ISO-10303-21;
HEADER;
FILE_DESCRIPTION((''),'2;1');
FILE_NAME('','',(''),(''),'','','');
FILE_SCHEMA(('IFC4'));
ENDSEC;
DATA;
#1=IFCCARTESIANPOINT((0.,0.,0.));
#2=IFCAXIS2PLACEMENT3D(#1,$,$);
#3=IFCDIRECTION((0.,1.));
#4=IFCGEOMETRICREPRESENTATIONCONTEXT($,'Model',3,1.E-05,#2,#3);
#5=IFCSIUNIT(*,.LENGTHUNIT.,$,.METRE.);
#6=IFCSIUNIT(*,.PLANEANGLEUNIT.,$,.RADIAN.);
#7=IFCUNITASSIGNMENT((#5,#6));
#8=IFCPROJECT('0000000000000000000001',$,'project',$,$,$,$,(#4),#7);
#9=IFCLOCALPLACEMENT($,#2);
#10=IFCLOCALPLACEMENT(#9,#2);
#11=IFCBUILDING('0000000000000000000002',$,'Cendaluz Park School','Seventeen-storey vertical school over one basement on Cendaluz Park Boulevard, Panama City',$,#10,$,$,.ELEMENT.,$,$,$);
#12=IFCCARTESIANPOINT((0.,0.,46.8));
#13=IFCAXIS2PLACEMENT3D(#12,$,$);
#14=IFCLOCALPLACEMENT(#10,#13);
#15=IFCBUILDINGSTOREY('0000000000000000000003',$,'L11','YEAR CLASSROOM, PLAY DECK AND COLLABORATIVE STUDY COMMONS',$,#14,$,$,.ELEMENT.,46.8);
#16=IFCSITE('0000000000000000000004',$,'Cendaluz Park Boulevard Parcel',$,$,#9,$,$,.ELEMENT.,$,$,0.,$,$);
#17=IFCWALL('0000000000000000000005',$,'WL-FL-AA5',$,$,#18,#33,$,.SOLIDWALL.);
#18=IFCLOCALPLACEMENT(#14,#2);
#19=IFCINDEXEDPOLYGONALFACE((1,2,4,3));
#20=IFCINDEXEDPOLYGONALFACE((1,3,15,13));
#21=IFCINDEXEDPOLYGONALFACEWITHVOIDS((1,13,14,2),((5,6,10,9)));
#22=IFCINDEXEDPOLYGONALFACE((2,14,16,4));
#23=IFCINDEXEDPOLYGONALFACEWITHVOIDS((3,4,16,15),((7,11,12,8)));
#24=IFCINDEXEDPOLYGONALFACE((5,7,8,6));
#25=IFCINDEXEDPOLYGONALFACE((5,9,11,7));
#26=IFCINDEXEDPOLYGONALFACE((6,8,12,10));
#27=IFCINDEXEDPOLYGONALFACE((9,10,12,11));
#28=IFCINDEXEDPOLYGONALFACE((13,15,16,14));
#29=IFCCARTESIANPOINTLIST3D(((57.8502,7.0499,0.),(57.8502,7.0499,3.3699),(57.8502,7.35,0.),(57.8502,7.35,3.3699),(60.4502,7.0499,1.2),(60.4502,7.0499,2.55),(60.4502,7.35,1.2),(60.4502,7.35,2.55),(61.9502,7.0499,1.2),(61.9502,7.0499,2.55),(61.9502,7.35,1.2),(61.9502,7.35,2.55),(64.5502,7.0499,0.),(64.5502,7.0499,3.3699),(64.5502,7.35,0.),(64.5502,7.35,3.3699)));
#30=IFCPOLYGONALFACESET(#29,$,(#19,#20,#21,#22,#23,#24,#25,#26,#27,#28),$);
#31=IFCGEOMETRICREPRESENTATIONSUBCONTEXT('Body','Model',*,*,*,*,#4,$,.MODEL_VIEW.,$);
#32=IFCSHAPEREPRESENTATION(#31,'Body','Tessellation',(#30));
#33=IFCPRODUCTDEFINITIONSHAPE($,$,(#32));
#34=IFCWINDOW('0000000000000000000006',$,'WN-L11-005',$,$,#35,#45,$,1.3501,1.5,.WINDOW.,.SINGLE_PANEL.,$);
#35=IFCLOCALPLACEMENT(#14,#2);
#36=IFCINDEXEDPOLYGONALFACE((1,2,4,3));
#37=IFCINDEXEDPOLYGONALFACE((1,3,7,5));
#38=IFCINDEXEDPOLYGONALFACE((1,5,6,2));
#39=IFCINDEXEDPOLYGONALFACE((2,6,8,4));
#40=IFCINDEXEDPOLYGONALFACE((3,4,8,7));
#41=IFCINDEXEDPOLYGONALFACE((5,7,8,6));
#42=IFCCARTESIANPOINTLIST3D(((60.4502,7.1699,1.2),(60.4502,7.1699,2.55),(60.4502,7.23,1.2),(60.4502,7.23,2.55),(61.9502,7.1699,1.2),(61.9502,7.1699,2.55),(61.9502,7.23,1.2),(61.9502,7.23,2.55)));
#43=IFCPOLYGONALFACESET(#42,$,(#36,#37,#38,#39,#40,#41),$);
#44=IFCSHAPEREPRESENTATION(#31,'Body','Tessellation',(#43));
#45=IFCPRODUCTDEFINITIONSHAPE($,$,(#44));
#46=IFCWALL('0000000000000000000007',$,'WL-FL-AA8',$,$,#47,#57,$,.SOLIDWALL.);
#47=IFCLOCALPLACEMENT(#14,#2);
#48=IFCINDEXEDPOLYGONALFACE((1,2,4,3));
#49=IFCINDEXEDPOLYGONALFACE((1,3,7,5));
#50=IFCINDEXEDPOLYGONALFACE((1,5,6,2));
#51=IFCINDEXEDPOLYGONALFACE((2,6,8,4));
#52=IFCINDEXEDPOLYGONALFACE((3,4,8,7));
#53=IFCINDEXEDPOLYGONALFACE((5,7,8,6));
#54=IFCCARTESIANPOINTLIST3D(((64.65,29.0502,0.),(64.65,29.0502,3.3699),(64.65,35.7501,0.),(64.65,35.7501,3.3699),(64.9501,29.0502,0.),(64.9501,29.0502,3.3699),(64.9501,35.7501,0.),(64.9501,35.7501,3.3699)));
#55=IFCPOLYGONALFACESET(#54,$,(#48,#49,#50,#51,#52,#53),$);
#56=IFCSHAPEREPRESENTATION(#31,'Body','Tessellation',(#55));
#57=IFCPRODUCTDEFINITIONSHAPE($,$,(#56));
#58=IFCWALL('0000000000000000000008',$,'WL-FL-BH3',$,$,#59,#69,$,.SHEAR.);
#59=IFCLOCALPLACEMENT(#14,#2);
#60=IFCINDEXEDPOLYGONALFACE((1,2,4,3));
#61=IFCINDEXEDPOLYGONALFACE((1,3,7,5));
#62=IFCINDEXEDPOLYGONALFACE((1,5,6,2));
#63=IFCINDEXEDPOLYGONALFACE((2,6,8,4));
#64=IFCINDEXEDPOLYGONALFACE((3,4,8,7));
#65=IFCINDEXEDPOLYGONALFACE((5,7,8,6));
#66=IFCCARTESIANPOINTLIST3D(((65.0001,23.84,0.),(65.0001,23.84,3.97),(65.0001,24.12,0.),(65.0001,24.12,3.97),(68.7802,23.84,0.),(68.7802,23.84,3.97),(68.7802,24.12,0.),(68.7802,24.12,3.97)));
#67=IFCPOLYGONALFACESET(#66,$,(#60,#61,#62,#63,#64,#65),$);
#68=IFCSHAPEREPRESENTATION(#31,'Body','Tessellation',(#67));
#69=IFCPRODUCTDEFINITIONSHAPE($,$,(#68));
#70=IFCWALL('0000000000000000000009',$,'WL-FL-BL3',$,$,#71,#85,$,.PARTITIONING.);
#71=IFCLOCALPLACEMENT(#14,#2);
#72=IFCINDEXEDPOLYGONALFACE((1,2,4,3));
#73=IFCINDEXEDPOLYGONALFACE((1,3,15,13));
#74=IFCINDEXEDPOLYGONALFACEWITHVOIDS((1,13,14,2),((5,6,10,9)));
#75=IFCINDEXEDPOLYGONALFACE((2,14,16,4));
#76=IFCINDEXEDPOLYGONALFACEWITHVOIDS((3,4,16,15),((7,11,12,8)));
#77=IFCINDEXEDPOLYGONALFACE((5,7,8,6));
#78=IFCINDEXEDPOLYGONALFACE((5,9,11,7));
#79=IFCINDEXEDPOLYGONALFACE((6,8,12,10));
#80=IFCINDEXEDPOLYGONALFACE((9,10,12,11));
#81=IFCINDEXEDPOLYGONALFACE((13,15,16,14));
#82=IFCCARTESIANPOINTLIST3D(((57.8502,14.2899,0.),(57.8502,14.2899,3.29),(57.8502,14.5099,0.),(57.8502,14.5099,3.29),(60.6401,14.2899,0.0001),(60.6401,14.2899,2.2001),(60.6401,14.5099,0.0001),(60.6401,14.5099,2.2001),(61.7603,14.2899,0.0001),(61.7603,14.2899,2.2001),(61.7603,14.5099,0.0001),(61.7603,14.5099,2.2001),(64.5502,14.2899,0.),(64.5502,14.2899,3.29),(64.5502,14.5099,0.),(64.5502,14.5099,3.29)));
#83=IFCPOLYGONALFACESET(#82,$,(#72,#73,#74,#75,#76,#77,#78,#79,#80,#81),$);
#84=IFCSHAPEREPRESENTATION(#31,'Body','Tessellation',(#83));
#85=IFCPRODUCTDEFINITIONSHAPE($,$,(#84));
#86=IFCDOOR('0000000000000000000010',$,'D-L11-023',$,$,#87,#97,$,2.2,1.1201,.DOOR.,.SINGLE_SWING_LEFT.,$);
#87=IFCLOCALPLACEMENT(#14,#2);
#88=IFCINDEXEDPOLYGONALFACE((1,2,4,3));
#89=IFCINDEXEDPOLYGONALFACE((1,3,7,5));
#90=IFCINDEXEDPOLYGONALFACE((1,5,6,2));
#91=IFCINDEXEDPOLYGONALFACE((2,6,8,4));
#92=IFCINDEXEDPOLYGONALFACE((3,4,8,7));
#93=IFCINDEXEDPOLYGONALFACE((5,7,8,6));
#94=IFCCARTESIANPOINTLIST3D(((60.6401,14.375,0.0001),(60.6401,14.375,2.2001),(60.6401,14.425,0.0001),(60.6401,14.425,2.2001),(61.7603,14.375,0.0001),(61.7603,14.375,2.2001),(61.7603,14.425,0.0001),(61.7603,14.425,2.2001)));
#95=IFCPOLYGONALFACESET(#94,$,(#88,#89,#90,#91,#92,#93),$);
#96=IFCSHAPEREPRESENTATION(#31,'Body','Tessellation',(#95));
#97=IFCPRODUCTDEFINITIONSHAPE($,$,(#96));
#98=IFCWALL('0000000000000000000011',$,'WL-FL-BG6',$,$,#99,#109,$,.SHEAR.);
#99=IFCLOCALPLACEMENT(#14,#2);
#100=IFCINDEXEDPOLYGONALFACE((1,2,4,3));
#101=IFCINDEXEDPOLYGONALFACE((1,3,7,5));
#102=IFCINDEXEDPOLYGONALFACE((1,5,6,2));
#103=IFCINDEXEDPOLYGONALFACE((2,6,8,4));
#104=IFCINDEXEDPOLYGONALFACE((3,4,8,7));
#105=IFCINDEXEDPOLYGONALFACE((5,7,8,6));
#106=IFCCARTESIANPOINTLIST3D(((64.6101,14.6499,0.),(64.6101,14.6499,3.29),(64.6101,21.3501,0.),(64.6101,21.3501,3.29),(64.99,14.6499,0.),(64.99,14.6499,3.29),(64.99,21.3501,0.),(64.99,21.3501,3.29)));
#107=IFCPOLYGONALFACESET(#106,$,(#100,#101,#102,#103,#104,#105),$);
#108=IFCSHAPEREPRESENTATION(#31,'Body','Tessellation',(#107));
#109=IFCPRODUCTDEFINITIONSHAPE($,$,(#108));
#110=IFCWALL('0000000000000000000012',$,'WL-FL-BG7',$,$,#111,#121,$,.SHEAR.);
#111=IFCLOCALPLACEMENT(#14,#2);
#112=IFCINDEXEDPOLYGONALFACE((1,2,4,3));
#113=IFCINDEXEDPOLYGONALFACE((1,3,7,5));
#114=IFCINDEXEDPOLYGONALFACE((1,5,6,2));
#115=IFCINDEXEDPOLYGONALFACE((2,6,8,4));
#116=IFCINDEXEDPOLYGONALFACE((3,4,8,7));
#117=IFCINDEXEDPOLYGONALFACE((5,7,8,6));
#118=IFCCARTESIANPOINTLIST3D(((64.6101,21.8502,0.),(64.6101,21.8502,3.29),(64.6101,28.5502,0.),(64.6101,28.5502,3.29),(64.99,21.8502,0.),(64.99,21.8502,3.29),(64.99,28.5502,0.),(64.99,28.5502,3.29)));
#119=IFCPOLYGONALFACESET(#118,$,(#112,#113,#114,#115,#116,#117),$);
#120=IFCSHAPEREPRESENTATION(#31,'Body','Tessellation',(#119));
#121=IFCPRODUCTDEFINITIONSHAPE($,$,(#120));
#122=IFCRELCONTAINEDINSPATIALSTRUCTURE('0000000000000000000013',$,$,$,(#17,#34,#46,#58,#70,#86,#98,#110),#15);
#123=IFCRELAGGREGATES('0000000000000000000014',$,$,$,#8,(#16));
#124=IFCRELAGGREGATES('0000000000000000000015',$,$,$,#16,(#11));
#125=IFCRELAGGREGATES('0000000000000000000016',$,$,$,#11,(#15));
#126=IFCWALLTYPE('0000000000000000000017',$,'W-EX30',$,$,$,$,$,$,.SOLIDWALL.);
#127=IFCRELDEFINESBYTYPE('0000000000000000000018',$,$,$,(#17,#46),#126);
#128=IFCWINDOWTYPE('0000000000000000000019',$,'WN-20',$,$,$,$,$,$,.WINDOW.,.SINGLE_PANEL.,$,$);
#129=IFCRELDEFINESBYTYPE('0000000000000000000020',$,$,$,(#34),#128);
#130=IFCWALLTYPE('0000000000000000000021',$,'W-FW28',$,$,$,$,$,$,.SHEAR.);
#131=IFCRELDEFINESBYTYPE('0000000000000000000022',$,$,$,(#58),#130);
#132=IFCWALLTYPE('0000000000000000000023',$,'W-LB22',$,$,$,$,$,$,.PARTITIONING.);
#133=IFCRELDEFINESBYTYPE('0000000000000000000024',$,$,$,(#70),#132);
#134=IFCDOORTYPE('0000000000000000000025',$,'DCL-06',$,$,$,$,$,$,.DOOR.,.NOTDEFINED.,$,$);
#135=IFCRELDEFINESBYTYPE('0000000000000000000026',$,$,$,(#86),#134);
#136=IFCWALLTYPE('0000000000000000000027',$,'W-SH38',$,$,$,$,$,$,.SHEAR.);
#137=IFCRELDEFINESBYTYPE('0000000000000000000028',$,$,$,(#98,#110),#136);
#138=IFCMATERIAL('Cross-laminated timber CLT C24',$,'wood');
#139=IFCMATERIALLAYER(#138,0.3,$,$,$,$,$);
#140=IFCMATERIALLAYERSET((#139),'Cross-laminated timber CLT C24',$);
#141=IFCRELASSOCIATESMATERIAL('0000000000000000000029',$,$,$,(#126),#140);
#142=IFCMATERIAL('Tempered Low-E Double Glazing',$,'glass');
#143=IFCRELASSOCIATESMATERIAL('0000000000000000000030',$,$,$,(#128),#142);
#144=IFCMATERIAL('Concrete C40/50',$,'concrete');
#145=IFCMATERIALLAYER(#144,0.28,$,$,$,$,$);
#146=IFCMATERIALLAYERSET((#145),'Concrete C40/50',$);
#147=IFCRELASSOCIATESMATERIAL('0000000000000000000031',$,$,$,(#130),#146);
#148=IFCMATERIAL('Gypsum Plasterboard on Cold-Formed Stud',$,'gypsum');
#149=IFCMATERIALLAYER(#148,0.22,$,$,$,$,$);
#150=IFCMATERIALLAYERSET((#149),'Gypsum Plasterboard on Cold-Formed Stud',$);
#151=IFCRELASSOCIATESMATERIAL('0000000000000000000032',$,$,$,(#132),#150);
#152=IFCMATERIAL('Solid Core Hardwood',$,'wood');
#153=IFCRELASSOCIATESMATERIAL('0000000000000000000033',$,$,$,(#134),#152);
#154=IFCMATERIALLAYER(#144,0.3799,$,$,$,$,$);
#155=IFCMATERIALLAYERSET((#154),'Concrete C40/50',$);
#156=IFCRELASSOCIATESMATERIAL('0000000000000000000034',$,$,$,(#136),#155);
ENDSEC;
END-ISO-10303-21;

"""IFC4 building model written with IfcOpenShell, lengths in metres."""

from ifc_helpers import new_model, si_unit, direction, frame, frame_2d, origin, place, context, subcontext, project, spatial, rectangle, extrude, material, layer, layer_set, type_object, element, fill, save


model = new_model("IFC4")

# Units and contexts
model_context = context("Model", 3, precision=1e-05, world=origin(), true_north=direction((0.0, 1.0)))
body_context = subcontext(model_context, "Body", "Model", "MODEL_VIEW")
ifc_project = project(units=[si_unit("LENGTHUNIT", "METRE"), si_unit("PLANEANGLEUNIT", "RADIAN")], contexts=[model_context])

# Site, building, storey
site_placement = place(None, origin())
site = spatial("IfcSite", under=ifc_project, at=site_placement, Name="Cendaluz Park Boulevard Parcel", CompositionType="ELEMENT", RefElevation=0.0)
building_placement = place(site_placement, origin())
building = spatial("IfcBuilding", under=site, at=building_placement, Name="Cendaluz Park School", Description="Seventeen-storey vertical school over one basement on Cendaluz Park Boulevard, Panama City", CompositionType="ELEMENT")
storey_placement = place(building_placement, frame((0.0, 0.0, 46.8)))
storey = spatial("IfcBuildingStorey", under=building, at=storey_placement, Name="L11", Description="YEAR CLASSROOM, PLAY DECK AND COLLABORATIVE STUDY COMMONS", CompositionType="ELEMENT", Elevation=46.8)

# Wall, opening, window
ifc_material_1 = material(Name="Cross-laminated timber CLT C24", Category="wood")
ifc_layer_1 = layer(ifc_material_1, 0.3)
ifc_layer_set_1 = layer_set([ifc_layer_1], Name="Cross-laminated timber CLT C24")
wall_type_1 = type_object("IfcWallType", Name="W-EX30", PredefinedType="SOLIDWALL", material=ifc_layer_set_1)
wall_1_placement = place(storey_placement, frame((57.8501, 7.2, 0.0), z_axis=(0.0, 0.0, 1.0), x_axis=(1.0, 0.0, 0.0)))
wall_1 = element("IfcWall", 1, at=wall_1_placement, inside=storey, type_object=wall_type_1, Name="WL-FL-AA5", PredefinedType="SOLIDWALL", context=body_context, shape_type="SweptSolid", body=[
    extrude(rectangle(XDim=6.7, YDim=0.3, at=frame_2d((3.3501, 0.0))), origin(), (0.0, 0.0, 1.0), 3.3699),
])
opening_1_placement = place(wall_1_placement, frame((2.6001, 0.0, 1.2)))
opening_1 = element("IfcOpeningElement", 2, at=opening_1_placement, cuts=wall_1, PredefinedType="OPENING", context=body_context, shape_type="SweptSolid", body=[
    extrude(rectangle(XDim=1.5, YDim=1.3501, at=frame_2d((0.75, 0.675))), frame((0.0, 0.1621, 0.0), z_axis=(0.0, -1.0, 0.0), x_axis=(1.0, 0.0, 0.0)), (0.0, 0.0, 1.0), 0.324),
])
ifc_material_2 = material(Name="Tempered Low-E Double Glazing", Category="glass")
window_type = type_object("IfcWindowType", Name="WN-20", PartitioningType="SINGLE_PANEL", PredefinedType="WINDOW", material=ifc_material_2)
window_placement = place(opening_1_placement, origin())
window = element("IfcWindow", 3, at=window_placement, inside=storey, type_object=window_type, Name="WN-L11-005", OverallHeight=1.3501, OverallWidth=1.5, PartitioningType="SINGLE_PANEL", PredefinedType="WINDOW", context=body_context, shape_type="SweptSolid", body=[
    extrude(rectangle(XDim=1.5, YDim=1.3501, at=frame_2d((0.75, 0.675))), frame((0.0, 0.03, 0.0), z_axis=(0.0, -1.0, 0.0), x_axis=(1.0, 0.0, 0.0)), (0.0, 0.0, 1.0), 0.0601),
])
fill(opening_1, window)

# Walls
wall_2_placement = place(storey_placement, frame((64.8, 29.05, 0.0), z_axis=(0.0, 0.0, 1.0), x_axis=(0.0, 1.0, 0.0)))
element("IfcWall", 4, at=wall_2_placement, inside=storey, type_object=wall_type_1, Name="WL-FL-AA8", PredefinedType="SOLIDWALL", context=body_context, shape_type="SweptSolid", body=[
    extrude(rectangle(XDim=6.7, YDim=0.3, at=frame_2d((3.3501, 0.0))), origin(), (0.0, 0.0, 1.0), 3.3699),
])
ifc_material_3 = material(Name="Concrete C40/50", Category="concrete")
ifc_layer_2 = layer(ifc_material_3, 0.28)
ifc_layer_set_2 = layer_set([ifc_layer_2], Name="Concrete C40/50")
wall_type_2 = type_object("IfcWallType", Name="W-FW28", PredefinedType="SHEAR", material=ifc_layer_set_2)
wall_3_placement = place(storey_placement, frame((65.0, 23.98, 0.0), z_axis=(0.0, 0.0, 1.0), x_axis=(1.0, 0.0, 0.0)))
element("IfcWall", 5, at=wall_3_placement, inside=storey, type_object=wall_type_2, Name="WL-FL-BH3", PredefinedType="SHEAR", context=body_context, shape_type="SweptSolid", body=[
    extrude(rectangle(XDim=3.78, YDim=0.28, at=frame_2d((1.8901, 0.0))), origin(), (0.0, 0.0, 1.0), 3.97),
])

# Wall, opening, door
ifc_material_4 = material(Name="Gypsum Plasterboard on Cold-Formed Stud", Category="gypsum")
ifc_layer_3 = layer(ifc_material_4, 0.22)
ifc_layer_set_3 = layer_set([ifc_layer_3], Name="Gypsum Plasterboard on Cold-Formed Stud")
wall_type_3 = type_object("IfcWallType", Name="W-LB22", PredefinedType="PARTITIONING", material=ifc_layer_set_3)
wall_4_placement = place(storey_placement, frame((57.8501, 14.3999, 0.0), z_axis=(0.0, 0.0, 1.0), x_axis=(1.0, 0.0, 0.0)))
wall_4 = element("IfcWall", 6, at=wall_4_placement, inside=storey, type_object=wall_type_3, Name="WL-FL-BL3", PredefinedType="PARTITIONING", context=body_context, shape_type="SweptSolid", body=[
    extrude(rectangle(XDim=6.7, YDim=0.22, at=frame_2d((3.3501, 0.0))), origin(), (0.0, 0.0, 1.0), 3.29),
])
opening_2_placement = place(wall_4_placement, frame((2.79, 0.0, 0.0)))
opening_2 = element("IfcOpeningElement", 7, at=opening_2_placement, cuts=wall_4, PredefinedType="OPENING", context=body_context, shape_type="SweptSolid", body=[
    extrude(rectangle(XDim=1.1201, YDim=2.2, at=frame_2d((0.5601, 1.1001))), frame((0.0, 0.1221, 0.0), z_axis=(0.0, -1.0, 0.0), x_axis=(1.0, 0.0, 0.0)), (0.0, 0.0, 1.0), 0.2439),
])
ifc_material_5 = material(Name="Solid Core Hardwood", Category="wood")
door_type = type_object("IfcDoorType", Name="DCL-06", OperationType="NOTDEFINED", PredefinedType="DOOR", material=ifc_material_5)
door_placement = place(opening_2_placement, frame((1.1201, 0.0, 0.0), z_axis=(0.0, 0.0, 1.0), x_axis=(-1.0, 0.0, 0.0)))
door = element("IfcDoor", 8, at=door_placement, inside=storey, type_object=door_type, Name="D-L11-023", OperationType="SINGLE_SWING_LEFT", OverallHeight=2.2, OverallWidth=1.1201, PredefinedType="DOOR", context=body_context, shape_type="SweptSolid", body=[
    extrude(rectangle(XDim=1.1201, YDim=2.2, at=frame_2d((0.5601, 1.1001))), frame((0.0, 0.0249, 0.0), z_axis=(0.0, -1.0, 0.0), x_axis=(1.0, 0.0, 0.0)), (0.0, 0.0, 1.0), 0.05),
])
fill(opening_2, door)

# Walls
ifc_layer_4 = layer(ifc_material_3, 0.3799)
ifc_layer_set_4 = layer_set([ifc_layer_4], Name="Concrete C40/50")
wall_type_4 = type_object("IfcWallType", Name="W-SH38", PredefinedType="SHEAR", material=ifc_layer_set_4)
wall_5_placement = place(storey_placement, frame((64.8, 14.6499, 0.0), z_axis=(0.0, 0.0, 1.0), x_axis=(0.0, 1.0, 0.0)))
element("IfcWall", 9, at=wall_5_placement, inside=storey, type_object=wall_type_4, Name="WL-FL-BG6", PredefinedType="SHEAR", context=body_context, shape_type="SweptSolid", body=[
    extrude(rectangle(XDim=6.7002, YDim=0.3799, at=frame_2d((3.3501, 0.0))), origin(), (0.0, 0.0, 1.0), 3.29),
])
wall_6_placement = place(storey_placement, frame((64.8, 21.8501, 0.0), z_axis=(0.0, 0.0, 1.0), x_axis=(0.0, 1.0, 0.0)))
element("IfcWall", 10, at=wall_6_placement, inside=storey, type_object=wall_type_4, Name="WL-FL-BG7", PredefinedType="SHEAR", context=body_context, shape_type="SweptSolid", body=[
    extrude(rectangle(XDim=6.7, YDim=0.3799, at=frame_2d((3.3501, 0.0))), origin(), (0.0, 0.0, 1.0), 3.29),
])

save(model, "model.ifc")
